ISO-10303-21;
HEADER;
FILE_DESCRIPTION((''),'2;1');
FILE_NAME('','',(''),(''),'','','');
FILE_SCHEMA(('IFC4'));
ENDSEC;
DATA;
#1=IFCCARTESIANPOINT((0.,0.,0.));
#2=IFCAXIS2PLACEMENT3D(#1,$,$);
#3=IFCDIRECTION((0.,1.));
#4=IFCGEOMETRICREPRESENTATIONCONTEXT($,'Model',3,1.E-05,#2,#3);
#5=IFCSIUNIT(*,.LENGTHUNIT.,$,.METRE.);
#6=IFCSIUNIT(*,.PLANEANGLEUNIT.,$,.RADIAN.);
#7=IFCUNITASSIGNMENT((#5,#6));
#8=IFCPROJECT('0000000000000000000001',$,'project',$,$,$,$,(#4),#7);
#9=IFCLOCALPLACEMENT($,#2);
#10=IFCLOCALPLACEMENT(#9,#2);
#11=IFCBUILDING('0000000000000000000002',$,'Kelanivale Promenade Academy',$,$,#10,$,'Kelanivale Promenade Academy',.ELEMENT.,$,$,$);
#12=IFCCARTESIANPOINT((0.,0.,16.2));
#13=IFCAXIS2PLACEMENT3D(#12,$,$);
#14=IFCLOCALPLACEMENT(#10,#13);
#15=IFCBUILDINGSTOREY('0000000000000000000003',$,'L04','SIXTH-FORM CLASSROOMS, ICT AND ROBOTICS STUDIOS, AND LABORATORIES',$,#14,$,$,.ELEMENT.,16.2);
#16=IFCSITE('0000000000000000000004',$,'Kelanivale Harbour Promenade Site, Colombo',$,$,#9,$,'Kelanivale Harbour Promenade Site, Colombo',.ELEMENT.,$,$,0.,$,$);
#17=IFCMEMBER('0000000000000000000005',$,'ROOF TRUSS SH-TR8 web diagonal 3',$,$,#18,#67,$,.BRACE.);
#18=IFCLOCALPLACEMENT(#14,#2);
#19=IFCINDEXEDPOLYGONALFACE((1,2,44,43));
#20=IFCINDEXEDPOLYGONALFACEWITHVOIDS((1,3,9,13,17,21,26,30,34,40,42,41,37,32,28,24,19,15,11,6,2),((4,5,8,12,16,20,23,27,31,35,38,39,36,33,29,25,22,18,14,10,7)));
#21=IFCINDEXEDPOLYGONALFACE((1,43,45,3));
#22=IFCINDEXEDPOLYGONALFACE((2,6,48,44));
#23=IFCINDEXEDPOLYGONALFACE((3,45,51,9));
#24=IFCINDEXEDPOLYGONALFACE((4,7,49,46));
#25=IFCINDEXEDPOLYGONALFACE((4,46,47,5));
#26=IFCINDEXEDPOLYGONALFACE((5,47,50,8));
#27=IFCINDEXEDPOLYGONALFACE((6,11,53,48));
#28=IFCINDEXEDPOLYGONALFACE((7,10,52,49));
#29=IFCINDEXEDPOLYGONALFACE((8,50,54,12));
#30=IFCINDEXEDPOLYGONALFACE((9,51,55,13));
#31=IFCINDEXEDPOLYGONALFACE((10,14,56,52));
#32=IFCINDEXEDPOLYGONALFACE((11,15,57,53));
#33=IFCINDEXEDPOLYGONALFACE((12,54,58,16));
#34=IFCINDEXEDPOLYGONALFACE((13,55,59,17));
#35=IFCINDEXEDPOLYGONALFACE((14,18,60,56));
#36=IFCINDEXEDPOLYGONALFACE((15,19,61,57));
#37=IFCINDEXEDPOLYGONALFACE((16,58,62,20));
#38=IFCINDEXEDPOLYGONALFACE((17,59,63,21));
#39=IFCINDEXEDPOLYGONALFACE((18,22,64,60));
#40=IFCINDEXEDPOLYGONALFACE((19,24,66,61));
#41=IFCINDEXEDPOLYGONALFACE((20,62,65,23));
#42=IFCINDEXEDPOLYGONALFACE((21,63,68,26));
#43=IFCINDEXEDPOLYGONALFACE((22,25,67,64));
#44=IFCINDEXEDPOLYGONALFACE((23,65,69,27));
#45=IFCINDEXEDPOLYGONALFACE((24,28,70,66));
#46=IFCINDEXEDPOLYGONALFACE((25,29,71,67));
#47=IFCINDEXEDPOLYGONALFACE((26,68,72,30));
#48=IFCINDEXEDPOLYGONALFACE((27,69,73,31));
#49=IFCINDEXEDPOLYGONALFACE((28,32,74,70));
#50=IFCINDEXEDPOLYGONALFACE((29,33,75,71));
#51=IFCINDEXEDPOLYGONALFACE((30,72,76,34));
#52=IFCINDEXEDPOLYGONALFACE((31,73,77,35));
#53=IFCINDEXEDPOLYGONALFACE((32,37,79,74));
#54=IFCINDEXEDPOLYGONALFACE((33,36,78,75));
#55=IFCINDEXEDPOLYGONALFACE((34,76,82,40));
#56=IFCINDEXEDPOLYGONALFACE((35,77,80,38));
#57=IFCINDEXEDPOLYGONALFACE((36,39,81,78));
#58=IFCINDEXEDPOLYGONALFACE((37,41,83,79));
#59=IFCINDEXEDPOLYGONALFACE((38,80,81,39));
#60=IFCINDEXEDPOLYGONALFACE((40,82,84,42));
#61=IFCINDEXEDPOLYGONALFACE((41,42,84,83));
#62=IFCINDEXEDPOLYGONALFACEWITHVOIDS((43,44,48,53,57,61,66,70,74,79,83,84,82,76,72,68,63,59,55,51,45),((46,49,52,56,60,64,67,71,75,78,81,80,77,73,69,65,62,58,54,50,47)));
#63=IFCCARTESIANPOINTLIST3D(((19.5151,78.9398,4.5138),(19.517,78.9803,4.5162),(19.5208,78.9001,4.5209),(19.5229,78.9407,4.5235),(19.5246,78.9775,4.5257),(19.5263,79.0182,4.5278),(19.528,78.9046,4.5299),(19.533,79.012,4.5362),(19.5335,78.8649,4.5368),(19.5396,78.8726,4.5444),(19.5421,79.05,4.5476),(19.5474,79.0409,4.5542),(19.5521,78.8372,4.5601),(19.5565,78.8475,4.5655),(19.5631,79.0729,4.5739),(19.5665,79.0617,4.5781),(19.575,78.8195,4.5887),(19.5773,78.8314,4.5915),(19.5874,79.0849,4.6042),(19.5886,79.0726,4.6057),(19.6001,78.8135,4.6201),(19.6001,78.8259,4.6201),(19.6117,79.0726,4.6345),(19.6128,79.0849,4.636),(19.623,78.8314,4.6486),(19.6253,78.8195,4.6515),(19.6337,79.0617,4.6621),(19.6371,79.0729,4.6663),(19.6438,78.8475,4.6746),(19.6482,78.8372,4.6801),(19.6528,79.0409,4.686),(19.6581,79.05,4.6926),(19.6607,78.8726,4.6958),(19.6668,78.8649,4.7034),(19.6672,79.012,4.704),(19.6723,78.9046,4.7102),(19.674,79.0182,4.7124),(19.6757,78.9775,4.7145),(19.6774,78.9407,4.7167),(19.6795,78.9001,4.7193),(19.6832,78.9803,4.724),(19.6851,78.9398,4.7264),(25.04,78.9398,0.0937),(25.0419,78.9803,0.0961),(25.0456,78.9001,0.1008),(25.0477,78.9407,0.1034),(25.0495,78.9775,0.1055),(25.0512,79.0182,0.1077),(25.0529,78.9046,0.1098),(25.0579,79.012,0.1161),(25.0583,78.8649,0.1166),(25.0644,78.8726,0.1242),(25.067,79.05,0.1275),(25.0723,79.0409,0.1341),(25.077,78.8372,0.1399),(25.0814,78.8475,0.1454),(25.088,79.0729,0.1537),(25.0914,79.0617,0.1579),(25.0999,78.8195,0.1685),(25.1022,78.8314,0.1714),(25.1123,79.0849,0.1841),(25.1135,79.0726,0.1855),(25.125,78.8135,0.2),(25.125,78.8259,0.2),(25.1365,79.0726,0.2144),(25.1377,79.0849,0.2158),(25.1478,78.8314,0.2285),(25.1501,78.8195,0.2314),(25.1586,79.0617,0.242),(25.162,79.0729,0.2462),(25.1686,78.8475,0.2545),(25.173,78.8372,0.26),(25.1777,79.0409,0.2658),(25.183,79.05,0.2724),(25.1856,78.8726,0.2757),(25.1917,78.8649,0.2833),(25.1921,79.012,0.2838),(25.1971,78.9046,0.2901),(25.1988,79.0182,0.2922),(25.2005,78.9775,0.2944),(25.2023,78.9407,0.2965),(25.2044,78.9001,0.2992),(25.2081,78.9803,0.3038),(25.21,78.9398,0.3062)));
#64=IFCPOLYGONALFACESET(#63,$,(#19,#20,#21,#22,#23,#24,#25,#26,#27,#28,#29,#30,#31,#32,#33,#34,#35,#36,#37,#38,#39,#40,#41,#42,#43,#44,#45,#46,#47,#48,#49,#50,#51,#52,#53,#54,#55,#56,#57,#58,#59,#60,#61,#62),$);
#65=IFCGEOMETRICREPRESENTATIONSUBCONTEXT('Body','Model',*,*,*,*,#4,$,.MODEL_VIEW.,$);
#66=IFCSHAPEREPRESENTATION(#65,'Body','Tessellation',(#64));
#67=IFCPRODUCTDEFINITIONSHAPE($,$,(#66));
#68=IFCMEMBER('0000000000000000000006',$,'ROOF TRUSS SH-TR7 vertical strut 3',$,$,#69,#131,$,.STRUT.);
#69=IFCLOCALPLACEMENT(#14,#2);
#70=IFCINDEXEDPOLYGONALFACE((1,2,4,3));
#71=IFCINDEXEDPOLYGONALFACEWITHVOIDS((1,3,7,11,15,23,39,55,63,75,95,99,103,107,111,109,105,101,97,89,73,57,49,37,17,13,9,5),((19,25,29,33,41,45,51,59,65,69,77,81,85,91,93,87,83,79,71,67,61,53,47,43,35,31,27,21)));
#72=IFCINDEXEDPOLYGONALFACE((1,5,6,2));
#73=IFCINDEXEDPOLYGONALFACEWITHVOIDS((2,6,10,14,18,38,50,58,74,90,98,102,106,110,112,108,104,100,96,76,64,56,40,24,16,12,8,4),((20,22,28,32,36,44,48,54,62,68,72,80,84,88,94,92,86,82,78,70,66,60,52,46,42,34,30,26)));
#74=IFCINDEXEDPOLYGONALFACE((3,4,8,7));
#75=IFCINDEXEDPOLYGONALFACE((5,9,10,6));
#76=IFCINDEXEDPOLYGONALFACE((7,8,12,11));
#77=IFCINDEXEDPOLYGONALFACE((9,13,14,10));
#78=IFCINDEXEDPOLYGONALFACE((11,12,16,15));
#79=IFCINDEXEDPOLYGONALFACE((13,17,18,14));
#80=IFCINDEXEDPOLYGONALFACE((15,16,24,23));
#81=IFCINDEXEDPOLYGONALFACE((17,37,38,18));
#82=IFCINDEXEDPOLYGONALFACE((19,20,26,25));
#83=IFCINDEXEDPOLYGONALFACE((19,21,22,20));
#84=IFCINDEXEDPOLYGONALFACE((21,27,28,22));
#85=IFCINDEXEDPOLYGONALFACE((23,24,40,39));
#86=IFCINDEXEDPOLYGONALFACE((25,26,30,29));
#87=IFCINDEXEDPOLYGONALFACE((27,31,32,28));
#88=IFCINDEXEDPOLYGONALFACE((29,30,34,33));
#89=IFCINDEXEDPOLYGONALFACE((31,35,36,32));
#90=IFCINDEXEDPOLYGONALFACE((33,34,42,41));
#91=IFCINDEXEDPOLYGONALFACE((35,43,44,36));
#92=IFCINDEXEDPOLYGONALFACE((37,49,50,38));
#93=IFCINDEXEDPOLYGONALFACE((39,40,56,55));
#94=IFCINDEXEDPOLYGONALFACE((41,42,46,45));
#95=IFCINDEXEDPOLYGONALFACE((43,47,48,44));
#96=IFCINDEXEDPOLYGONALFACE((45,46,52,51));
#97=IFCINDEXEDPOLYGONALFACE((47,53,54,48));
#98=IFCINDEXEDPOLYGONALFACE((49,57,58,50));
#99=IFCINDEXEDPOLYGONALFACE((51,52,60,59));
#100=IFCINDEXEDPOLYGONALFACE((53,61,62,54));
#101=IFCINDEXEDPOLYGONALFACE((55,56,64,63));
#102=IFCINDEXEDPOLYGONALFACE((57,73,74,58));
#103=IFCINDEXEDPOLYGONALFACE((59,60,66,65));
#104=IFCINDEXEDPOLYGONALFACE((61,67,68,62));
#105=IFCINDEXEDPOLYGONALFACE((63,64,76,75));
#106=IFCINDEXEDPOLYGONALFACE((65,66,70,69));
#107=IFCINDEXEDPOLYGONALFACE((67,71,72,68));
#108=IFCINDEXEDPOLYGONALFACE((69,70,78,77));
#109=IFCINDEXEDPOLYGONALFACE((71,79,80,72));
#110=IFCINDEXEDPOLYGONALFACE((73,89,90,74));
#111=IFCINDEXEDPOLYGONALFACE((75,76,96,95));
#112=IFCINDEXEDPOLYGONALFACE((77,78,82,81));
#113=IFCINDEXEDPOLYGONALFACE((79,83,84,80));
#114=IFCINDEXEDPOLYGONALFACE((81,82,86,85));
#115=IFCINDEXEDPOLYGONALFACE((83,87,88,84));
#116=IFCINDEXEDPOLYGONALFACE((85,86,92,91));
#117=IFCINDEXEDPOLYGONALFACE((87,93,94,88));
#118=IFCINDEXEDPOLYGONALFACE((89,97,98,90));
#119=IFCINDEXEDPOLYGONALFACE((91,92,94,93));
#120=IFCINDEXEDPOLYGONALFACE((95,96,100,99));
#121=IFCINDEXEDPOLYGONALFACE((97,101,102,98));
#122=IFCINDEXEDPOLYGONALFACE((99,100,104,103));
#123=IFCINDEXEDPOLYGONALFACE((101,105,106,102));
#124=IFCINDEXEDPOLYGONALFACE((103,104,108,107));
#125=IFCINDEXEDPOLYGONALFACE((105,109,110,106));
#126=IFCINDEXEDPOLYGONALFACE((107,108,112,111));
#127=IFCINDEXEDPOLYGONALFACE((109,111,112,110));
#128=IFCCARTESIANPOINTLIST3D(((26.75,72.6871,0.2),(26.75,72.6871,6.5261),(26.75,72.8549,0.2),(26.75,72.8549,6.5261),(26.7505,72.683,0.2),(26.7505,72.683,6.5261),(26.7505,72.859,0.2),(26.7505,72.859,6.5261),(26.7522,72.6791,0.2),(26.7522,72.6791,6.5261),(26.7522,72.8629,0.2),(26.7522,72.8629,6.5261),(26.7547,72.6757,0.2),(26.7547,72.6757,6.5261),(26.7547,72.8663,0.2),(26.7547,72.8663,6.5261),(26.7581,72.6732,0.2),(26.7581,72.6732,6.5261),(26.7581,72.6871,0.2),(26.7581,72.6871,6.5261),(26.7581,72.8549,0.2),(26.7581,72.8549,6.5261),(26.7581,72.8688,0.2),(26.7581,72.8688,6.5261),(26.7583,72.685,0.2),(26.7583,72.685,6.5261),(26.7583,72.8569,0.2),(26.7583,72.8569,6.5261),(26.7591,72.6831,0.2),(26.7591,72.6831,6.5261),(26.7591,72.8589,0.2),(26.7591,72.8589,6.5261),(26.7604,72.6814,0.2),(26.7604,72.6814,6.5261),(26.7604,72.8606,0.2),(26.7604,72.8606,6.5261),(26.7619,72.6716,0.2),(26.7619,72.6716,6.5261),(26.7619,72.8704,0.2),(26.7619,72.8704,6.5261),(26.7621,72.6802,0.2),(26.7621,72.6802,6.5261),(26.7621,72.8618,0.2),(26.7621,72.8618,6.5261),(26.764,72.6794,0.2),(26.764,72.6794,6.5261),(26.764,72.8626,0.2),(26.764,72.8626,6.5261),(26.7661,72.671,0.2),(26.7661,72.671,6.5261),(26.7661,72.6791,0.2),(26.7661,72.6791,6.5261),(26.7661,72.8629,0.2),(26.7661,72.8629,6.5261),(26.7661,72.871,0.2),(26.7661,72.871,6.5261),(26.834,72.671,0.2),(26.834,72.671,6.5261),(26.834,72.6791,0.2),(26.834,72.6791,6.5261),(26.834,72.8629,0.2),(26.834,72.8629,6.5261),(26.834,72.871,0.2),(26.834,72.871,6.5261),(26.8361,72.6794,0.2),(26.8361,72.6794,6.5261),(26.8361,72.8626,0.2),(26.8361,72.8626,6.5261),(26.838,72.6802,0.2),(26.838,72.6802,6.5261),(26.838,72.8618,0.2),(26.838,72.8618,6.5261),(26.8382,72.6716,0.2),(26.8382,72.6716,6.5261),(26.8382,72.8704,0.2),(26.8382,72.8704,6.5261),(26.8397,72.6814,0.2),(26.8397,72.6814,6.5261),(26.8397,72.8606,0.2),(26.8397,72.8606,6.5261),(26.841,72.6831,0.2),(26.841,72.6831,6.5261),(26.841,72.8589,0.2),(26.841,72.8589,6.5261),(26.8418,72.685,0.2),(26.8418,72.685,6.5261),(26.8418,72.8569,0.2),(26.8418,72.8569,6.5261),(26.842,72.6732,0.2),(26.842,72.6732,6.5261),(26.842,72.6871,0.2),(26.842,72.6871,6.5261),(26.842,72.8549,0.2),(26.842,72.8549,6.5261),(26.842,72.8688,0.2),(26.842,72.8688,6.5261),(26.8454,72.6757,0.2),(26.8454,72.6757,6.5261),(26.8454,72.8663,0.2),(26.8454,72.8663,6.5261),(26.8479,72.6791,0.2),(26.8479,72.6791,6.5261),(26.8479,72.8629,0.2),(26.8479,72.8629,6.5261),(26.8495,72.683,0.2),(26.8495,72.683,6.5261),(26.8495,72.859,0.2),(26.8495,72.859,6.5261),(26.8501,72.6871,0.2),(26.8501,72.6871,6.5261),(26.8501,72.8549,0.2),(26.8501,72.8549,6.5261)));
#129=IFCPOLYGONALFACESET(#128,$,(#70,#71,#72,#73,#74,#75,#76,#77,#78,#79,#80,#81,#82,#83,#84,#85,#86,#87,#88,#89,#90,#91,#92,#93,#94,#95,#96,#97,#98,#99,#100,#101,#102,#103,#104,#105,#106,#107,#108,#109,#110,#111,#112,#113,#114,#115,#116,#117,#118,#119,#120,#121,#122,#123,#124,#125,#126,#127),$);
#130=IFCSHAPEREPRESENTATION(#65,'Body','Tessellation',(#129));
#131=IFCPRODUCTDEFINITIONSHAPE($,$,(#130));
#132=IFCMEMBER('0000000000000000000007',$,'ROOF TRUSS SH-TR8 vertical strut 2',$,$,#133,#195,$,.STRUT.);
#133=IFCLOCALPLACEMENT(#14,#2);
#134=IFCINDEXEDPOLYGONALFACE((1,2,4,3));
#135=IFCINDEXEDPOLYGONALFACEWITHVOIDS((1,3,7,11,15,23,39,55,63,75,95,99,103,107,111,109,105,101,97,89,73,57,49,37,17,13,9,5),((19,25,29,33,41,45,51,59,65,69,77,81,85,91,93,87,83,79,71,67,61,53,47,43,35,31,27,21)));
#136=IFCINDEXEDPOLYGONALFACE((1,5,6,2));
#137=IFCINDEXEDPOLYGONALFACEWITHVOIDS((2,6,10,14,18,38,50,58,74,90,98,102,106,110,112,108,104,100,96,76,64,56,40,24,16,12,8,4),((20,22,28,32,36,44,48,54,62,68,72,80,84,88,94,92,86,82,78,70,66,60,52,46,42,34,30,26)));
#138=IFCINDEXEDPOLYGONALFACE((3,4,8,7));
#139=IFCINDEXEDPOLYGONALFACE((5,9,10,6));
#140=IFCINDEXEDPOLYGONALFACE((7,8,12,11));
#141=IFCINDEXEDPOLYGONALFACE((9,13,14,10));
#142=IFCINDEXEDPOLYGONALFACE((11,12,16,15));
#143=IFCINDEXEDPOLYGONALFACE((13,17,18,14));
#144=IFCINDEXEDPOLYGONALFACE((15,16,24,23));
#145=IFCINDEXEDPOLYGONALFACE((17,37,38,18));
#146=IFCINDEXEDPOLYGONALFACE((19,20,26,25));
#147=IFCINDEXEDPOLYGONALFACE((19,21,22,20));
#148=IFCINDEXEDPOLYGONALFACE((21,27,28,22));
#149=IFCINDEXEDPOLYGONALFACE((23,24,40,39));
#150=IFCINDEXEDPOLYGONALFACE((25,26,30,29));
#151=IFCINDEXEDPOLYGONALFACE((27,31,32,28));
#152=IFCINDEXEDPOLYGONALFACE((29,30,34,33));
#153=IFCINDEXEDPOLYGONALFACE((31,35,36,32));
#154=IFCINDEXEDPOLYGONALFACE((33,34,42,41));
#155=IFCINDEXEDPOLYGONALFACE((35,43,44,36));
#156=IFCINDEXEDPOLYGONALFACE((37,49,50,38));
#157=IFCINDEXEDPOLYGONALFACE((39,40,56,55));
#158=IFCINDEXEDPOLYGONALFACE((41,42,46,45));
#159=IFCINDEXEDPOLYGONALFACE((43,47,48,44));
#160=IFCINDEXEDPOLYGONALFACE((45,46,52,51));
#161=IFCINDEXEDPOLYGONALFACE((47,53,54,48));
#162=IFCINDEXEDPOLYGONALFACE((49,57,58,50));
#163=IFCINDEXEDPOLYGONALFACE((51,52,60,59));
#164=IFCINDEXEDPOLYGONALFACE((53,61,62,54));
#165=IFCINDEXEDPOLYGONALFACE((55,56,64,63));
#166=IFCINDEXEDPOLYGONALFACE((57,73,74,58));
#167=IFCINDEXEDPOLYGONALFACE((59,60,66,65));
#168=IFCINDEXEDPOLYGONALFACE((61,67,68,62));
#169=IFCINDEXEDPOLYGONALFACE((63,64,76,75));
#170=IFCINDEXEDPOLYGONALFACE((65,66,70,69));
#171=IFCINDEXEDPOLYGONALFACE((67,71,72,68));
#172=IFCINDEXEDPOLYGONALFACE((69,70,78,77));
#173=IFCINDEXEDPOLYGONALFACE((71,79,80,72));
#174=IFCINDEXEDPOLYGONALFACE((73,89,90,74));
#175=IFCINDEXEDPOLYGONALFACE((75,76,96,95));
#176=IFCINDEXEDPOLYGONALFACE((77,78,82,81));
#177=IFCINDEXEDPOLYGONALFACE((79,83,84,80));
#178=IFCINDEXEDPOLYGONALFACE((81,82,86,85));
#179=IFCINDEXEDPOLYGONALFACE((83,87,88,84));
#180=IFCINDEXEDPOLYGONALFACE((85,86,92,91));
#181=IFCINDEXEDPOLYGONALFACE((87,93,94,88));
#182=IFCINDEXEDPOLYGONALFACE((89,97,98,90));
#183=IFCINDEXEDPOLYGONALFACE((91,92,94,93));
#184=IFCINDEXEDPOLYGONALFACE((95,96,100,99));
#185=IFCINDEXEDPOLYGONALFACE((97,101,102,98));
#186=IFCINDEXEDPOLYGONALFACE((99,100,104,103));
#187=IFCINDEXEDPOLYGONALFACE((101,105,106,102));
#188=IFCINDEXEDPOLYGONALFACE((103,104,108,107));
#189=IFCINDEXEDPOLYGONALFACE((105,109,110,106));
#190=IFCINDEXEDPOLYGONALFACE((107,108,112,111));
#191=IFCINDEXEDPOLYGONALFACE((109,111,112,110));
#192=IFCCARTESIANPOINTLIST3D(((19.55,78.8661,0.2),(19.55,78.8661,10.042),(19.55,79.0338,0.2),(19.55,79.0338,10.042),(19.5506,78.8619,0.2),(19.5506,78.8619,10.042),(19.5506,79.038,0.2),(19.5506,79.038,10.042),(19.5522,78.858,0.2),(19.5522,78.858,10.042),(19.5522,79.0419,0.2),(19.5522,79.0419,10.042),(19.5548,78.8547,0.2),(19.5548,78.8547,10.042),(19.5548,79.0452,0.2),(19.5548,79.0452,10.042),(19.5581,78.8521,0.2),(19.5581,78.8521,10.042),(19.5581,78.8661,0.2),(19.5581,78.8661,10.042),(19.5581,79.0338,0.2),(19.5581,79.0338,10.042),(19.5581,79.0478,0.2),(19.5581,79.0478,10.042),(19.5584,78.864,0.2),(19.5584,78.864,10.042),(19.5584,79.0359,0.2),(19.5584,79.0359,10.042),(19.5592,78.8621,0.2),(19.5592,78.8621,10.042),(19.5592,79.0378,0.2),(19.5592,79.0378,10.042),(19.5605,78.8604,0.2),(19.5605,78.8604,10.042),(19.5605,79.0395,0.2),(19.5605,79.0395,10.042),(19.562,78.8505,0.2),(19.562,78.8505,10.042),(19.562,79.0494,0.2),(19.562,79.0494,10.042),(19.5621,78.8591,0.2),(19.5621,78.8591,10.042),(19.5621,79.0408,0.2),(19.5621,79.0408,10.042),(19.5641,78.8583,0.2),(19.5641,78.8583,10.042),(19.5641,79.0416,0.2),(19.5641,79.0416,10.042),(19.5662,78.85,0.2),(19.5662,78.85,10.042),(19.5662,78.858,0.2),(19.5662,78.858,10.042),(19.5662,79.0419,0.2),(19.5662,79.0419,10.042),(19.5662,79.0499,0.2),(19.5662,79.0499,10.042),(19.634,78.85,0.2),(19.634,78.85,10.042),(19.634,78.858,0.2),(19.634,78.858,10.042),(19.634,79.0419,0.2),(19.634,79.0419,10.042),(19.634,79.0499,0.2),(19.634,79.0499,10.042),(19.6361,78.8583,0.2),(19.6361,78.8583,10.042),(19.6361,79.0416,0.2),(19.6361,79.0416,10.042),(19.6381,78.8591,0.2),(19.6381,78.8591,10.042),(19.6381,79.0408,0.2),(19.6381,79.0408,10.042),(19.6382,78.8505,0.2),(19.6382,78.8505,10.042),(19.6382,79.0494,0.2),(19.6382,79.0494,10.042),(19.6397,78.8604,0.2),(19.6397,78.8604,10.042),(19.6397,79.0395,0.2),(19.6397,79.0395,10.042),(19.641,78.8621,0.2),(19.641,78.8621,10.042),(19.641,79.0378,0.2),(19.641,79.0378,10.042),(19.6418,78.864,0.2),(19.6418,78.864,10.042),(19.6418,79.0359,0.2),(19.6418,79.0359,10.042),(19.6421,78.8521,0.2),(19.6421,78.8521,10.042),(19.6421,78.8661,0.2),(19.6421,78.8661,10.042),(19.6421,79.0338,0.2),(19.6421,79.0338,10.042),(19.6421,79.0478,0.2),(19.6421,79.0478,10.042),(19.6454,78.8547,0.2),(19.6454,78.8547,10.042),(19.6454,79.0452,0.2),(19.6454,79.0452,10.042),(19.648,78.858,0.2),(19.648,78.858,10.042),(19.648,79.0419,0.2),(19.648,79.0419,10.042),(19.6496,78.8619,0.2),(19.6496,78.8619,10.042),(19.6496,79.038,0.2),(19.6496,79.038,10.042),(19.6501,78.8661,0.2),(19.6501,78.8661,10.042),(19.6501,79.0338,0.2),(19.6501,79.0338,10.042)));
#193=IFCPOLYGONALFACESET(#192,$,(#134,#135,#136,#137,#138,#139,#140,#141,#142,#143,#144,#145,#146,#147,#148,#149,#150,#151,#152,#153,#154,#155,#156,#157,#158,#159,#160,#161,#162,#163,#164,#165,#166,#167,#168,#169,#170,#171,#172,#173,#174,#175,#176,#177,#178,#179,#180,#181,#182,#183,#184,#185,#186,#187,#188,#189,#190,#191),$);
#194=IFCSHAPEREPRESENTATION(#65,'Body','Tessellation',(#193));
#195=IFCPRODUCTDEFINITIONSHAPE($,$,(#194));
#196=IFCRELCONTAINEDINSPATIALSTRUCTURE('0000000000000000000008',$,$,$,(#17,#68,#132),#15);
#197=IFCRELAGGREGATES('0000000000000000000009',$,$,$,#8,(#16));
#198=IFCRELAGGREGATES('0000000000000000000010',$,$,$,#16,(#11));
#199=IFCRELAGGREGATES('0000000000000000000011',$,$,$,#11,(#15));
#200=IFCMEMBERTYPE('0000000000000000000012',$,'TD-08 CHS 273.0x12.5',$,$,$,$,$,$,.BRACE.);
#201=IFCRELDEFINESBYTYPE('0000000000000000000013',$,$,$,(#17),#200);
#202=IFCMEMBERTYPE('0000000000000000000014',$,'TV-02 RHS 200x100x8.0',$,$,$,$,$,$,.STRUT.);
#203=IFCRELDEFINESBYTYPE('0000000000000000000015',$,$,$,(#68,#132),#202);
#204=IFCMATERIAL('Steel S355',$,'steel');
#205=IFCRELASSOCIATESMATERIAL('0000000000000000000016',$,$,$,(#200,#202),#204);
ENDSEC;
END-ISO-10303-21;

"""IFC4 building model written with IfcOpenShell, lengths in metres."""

from ifc_helpers import new_model, si_unit, direction, frame, origin, origin_2d, place, context, subcontext, project, spatial, hollow_rectangle, hollow_circle, extrude, material, material_profile, profile_set, type_object, element, save


model = new_model("IFC4")

# Units and contexts
model_context = context("Model", 3, precision=1e-05, world=origin(), true_north=direction((0.0, 1.0)))
body_context = subcontext(model_context, "Body", "Model", "MODEL_VIEW")
ifc_project = project(units=[si_unit("LENGTHUNIT", "METRE"), si_unit("PLANEANGLEUNIT", "RADIAN")], contexts=[model_context])

# Site, building, storey
site_placement = place(None, origin())
site = spatial("IfcSite", under=ifc_project, at=site_placement, Name="Kelanivale Harbour Promenade Site, Colombo", LongName="Kelanivale Harbour Promenade Site, Colombo", CompositionType="ELEMENT", RefElevation=0.0)
building_placement = place(site_placement, origin())
building = spatial("IfcBuilding", under=site, at=building_placement, Name="Kelanivale Promenade Academy", LongName="Kelanivale Promenade Academy", CompositionType="ELEMENT")
storey_placement = place(building_placement, frame((0.0, 0.0, 16.2)))
storey = spatial("IfcBuildingStorey", under=building, at=storey_placement, Name="L04", Description="SIXTH-FORM CLASSROOMS, ICT AND ROBOTICS STUDIOS, AND LABORATORIES", CompositionType="ELEMENT", Elevation=16.2)

# Members
ifc_material_1 = material(Name="Steel S355", Category="steel")
ifc_material_profile_1 = material_profile(ifc_material_1, hollow_circle(Radius=0.1365, WallThickness=0.0125, at=origin_2d()), Name="CHS 273.0x12.5")
ifc_profile_set_1 = profile_set([ifc_material_profile_1], Name="Steel S355")
member_type_1 = type_object("IfcMemberType", Name="TD-08 CHS 273.0x12.5", PredefinedType="BRACE", material=ifc_profile_set_1)
member_1_placement = place(storey_placement, frame((25.125, 78.95, 0.2), z_axis=(-0.780852, 0.0, 0.624716), x_axis=(0.0, -1.0, 0.0)))
element("IfcMember", 1, at=member_1_placement, inside=storey, type_object=member_type_1, Name="ROOF TRUSS SH-TR8 web diagonal 3", PredefinedType="BRACE", context=body_context, shape_type="SweptSolid", body=[
    extrude(hollow_circle(Radius=0.1365, WallThickness=0.0125, at=origin_2d()), origin(), (0.0, 0.0, 1.0), 7.0754),
])
ifc_material_profile_2 = material_profile(ifc_material_1, hollow_rectangle(XDim=0.1001, YDim=0.2, WallThickness=0.0081, InnerFilletRadius=0.0081, OuterFilletRadius=0.0161, at=origin_2d()), Name="RHS 200x100x8.0")
ifc_profile_set_2 = profile_set([ifc_material_profile_2], Name="Steel S355")
member_type_2 = type_object("IfcMemberType", Name="TV-02 RHS 200x100x8.0", PredefinedType="STRUT", material=ifc_profile_set_2)
member_2_placement = place(storey_placement, frame((26.8, 72.771, 0.2), z_axis=(0.0, 0.0, 1.0), x_axis=(1.0, 0.0, 0.0)))
element("IfcMember", 2, at=member_2_placement, inside=storey, type_object=member_type_2, Name="ROOF TRUSS SH-TR7 vertical strut 3", PredefinedType="STRUT", context=body_context, shape_type="SweptSolid", body=[
    extrude(hollow_rectangle(XDim=0.1001, YDim=0.2, WallThickness=0.0081, InnerFilletRadius=0.0081, OuterFilletRadius=0.0161, at=origin_2d()), origin(), (0.0, 0.0, 1.0), 6.3262),
])
member_3_placement = place(storey_placement, frame((19.6001, 78.95, 0.2), z_axis=(0.0, 0.0, 1.0), x_axis=(1.0, 0.0, 0.0)))
element("IfcMember", 3, at=member_3_placement, inside=storey, type_object=member_type_2, Name="ROOF TRUSS SH-TR8 vertical strut 2", PredefinedType="STRUT", context=body_context, shape_type="SweptSolid", body=[
    extrude(hollow_rectangle(XDim=0.1001, YDim=0.2, WallThickness=0.0081, InnerFilletRadius=0.0081, OuterFilletRadius=0.0161, at=origin_2d()), origin(), (0.0, 0.0, 1.0), 9.842),
])

save(model, "model.ifc")
